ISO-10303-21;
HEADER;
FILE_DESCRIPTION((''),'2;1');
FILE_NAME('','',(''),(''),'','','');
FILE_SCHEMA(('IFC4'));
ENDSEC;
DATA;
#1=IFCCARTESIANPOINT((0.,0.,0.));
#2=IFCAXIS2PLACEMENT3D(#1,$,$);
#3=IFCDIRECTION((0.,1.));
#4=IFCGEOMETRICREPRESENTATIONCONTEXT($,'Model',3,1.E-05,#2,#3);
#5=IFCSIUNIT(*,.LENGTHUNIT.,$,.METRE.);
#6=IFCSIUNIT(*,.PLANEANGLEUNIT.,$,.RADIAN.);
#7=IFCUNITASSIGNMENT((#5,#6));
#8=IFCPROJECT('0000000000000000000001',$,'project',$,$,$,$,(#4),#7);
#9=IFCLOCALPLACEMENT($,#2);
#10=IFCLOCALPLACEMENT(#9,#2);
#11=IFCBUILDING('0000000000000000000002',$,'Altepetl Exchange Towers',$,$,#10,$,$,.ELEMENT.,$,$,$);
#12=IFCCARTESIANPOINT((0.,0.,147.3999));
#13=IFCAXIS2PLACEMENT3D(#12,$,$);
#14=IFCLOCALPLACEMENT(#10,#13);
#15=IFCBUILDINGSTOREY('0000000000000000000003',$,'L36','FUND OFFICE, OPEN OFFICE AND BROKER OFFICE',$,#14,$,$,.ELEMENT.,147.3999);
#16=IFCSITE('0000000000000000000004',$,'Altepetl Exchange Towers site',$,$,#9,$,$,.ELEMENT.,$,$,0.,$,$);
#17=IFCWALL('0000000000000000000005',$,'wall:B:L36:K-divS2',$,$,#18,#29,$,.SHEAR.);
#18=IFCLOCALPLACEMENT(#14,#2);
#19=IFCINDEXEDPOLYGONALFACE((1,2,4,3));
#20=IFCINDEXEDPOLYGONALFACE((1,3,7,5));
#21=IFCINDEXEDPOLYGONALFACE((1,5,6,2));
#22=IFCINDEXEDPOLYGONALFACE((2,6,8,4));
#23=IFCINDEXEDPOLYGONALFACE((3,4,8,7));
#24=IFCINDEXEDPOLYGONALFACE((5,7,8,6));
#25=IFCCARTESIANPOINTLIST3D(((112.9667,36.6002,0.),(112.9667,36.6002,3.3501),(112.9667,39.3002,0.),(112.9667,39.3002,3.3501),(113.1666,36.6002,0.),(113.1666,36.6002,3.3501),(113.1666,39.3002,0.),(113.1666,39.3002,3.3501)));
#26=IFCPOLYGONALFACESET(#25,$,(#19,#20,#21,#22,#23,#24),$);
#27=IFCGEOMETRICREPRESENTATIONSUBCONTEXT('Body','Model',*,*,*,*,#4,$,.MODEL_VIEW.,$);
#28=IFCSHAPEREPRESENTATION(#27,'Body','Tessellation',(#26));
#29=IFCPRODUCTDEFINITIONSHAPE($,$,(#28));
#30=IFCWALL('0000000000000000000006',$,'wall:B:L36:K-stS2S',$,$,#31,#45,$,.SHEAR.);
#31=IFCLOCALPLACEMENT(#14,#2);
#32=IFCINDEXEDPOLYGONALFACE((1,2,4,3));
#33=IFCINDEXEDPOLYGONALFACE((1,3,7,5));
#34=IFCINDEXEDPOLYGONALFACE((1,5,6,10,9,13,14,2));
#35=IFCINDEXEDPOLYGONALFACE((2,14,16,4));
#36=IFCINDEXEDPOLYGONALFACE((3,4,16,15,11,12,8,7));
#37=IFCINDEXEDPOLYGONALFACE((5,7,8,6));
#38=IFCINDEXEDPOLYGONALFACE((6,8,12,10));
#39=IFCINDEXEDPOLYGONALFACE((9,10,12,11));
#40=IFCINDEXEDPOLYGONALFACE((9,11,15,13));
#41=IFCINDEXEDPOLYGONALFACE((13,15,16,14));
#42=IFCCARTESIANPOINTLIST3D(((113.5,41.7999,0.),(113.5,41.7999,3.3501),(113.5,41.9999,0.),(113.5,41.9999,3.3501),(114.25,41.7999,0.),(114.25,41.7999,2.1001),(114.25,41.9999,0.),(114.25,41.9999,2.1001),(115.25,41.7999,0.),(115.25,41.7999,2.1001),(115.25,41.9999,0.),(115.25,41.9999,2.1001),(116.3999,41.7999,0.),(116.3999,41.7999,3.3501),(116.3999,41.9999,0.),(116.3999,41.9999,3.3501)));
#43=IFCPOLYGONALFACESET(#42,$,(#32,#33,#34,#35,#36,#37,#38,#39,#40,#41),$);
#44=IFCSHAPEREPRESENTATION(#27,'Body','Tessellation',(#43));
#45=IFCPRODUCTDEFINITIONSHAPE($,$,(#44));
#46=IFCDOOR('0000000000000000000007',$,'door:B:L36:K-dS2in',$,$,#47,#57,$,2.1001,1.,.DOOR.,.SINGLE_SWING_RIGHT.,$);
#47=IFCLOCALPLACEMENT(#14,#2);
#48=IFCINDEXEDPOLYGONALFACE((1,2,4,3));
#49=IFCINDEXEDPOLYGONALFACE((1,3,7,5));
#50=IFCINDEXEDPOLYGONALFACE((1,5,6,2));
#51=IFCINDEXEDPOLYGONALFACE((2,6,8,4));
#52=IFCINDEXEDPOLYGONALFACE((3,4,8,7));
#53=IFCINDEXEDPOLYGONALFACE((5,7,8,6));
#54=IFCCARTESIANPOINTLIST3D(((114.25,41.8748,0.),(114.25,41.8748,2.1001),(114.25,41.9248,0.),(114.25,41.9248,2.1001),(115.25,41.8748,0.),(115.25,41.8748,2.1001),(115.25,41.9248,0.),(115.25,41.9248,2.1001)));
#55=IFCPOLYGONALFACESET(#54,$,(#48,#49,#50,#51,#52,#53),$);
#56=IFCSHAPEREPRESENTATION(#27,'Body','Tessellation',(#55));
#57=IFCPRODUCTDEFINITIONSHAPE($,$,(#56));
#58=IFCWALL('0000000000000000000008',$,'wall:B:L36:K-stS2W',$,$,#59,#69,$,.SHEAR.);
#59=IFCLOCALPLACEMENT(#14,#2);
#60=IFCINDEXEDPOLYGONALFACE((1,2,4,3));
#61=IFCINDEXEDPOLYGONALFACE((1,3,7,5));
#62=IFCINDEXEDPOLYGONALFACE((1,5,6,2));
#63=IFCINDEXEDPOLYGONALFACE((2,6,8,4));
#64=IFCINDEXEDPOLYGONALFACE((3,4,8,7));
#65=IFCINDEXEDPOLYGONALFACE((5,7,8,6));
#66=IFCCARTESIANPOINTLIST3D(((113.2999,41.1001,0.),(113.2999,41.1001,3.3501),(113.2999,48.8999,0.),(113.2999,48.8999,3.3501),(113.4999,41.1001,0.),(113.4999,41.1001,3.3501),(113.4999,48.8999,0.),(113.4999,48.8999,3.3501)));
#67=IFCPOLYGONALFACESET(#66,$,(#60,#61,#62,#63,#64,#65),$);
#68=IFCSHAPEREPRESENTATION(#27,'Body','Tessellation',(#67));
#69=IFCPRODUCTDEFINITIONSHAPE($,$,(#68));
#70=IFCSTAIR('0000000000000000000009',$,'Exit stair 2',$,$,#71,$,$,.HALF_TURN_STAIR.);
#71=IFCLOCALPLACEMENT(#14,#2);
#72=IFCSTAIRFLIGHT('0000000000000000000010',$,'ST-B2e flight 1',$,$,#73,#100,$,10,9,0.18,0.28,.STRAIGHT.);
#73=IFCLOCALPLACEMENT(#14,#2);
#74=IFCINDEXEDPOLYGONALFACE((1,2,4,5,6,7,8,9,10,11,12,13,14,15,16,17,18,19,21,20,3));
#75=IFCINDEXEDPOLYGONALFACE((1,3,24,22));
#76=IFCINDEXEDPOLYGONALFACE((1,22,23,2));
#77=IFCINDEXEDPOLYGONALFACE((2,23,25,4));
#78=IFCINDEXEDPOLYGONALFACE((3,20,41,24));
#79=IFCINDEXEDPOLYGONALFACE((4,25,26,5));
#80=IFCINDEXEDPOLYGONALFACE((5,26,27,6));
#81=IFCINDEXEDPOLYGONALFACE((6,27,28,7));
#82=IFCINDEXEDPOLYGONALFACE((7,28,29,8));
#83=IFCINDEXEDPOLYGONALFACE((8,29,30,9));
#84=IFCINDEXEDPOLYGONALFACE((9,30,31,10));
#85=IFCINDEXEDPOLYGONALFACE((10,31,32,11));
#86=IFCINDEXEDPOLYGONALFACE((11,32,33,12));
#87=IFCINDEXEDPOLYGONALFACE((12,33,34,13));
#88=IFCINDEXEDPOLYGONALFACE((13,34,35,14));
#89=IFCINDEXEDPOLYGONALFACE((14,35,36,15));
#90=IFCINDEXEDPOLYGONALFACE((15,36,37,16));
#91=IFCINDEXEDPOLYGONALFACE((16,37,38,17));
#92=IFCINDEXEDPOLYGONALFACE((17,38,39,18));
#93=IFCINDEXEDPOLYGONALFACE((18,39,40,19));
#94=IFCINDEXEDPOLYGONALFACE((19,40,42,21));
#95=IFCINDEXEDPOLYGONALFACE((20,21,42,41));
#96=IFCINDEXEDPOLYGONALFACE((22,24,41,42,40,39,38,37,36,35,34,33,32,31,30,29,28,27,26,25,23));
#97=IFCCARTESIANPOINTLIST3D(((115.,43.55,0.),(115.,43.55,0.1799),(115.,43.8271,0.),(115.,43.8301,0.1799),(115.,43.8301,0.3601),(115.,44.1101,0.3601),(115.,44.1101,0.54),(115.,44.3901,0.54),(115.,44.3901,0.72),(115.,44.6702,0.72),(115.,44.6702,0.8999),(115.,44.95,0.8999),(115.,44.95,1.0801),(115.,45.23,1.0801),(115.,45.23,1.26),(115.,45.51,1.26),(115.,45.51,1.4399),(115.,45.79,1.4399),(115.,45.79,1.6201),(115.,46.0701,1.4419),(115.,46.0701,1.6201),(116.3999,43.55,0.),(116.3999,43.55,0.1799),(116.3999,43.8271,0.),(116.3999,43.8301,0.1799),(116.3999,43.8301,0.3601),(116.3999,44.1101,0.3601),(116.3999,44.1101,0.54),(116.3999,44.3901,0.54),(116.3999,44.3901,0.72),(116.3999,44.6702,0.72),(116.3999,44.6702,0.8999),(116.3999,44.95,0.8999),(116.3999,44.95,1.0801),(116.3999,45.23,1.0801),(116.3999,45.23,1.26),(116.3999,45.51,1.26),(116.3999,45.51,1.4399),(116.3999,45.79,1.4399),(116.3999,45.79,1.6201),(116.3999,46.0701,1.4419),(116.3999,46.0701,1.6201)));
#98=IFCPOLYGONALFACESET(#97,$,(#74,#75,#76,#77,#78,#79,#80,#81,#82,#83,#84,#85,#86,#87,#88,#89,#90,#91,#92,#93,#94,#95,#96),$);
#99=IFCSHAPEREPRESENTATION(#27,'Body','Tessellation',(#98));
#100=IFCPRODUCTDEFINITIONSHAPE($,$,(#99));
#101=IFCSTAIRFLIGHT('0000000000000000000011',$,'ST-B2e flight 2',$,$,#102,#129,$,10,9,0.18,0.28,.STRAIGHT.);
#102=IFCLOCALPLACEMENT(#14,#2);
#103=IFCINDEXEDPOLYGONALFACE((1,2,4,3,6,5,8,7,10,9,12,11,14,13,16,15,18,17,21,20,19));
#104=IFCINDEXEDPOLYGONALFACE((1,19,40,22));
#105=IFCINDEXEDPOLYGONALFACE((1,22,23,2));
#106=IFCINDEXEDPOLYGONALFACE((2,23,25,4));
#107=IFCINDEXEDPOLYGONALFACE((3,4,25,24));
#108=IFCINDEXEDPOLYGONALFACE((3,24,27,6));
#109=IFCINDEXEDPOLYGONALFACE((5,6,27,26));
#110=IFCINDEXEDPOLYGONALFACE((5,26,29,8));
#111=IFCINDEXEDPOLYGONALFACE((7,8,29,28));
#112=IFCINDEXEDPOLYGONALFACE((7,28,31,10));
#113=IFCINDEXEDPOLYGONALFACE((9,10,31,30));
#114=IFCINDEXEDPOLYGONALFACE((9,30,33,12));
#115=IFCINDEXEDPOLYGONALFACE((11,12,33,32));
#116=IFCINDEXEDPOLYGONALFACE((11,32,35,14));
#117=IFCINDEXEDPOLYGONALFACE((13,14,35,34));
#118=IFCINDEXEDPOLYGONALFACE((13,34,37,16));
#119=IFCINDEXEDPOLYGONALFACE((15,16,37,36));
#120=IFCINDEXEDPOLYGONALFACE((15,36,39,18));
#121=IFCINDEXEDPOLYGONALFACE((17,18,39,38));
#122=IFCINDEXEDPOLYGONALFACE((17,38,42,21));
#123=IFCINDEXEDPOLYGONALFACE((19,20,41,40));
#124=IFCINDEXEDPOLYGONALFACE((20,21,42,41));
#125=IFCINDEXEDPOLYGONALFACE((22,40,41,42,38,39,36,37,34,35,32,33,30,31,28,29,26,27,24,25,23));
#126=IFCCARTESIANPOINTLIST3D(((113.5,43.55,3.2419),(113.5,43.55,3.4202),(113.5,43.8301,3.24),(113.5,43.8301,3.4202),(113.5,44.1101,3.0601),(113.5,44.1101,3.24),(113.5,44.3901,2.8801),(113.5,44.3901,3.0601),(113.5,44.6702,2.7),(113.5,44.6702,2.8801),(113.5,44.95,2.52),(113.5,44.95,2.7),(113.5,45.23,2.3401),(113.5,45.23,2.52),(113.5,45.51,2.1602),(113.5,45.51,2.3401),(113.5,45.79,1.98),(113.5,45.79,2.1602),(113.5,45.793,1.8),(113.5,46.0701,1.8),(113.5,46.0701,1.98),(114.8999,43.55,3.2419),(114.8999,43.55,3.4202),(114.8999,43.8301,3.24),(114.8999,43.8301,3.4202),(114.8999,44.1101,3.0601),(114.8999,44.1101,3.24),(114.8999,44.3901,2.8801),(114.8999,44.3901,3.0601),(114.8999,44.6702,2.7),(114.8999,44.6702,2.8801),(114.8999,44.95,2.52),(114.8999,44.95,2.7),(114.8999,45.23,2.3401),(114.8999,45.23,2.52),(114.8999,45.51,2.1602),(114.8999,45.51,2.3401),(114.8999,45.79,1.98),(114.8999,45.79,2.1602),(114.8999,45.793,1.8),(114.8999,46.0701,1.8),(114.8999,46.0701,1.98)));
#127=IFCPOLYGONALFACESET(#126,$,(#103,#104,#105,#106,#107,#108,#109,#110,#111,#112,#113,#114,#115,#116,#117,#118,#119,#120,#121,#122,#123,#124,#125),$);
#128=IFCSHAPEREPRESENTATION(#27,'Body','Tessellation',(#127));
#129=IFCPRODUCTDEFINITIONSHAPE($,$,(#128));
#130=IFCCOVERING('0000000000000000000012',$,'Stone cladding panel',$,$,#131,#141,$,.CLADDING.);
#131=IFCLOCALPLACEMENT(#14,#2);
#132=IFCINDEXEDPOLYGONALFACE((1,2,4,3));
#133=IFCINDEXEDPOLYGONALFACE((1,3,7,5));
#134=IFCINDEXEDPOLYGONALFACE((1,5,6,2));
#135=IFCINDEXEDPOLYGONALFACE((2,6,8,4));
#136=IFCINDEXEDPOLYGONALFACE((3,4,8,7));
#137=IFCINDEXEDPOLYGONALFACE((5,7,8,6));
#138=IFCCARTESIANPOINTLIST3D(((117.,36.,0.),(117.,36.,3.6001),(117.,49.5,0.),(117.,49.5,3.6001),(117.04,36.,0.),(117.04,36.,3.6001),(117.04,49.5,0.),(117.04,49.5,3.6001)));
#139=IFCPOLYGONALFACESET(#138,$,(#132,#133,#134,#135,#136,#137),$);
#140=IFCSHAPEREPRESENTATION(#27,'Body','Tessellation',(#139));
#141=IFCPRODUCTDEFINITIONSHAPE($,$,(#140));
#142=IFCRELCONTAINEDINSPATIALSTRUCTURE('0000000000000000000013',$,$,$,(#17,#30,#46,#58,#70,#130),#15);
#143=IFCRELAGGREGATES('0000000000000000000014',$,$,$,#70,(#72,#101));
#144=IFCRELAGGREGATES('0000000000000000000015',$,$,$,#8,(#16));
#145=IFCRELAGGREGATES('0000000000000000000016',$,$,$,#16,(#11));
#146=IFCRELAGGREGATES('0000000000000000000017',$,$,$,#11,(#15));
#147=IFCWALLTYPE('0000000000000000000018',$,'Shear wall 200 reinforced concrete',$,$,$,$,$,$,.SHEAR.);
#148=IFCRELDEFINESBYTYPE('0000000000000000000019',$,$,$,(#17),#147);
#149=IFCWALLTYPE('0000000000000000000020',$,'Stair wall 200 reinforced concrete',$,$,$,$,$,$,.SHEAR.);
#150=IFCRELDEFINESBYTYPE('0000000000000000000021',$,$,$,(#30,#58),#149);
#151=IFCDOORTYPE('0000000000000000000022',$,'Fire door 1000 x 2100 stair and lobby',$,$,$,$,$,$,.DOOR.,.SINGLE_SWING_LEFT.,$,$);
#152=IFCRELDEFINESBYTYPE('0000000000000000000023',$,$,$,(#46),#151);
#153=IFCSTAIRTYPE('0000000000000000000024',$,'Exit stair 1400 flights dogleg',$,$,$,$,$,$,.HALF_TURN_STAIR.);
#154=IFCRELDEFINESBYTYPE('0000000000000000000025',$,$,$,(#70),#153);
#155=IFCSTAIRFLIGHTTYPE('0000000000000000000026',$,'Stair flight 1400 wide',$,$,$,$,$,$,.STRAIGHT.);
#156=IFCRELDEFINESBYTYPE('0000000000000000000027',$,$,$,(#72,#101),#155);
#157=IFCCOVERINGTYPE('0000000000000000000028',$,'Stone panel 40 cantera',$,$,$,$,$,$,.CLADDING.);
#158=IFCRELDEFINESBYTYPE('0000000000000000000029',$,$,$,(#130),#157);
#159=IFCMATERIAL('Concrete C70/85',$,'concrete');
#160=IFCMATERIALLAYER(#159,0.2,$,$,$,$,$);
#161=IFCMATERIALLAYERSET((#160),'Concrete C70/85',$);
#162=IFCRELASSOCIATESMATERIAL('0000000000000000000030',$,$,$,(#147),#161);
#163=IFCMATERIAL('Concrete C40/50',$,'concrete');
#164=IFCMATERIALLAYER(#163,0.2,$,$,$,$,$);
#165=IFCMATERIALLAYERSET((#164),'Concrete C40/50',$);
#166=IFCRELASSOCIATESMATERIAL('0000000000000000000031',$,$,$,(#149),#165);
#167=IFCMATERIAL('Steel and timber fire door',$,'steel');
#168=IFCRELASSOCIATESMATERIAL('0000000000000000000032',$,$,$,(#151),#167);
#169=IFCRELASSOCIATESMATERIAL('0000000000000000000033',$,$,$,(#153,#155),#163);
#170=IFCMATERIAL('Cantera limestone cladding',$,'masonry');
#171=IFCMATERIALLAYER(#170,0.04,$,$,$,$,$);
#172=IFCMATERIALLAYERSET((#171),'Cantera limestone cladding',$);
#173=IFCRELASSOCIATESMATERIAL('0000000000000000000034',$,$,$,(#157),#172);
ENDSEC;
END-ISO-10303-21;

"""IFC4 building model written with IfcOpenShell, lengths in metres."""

from ifc_helpers import new_model, si_unit, direction, frame, frame_2d, origin, origin_2d, place, context, subcontext, project, spatial, polyline, rectangle, outline, extrude, material, layer, layer_set, type_object, element, fill, aggregate, save


model = new_model("IFC4")

# Units and contexts
model_context = context("Model", 3, precision=1e-05, world=origin(), true_north=direction((0.0, 1.0)))
body_context = subcontext(model_context, "Body", "Model", "MODEL_VIEW")
ifc_project = project(units=[si_unit("LENGTHUNIT", "METRE"), si_unit("PLANEANGLEUNIT", "RADIAN")], contexts=[model_context])

# Site, building, storey
site_placement = place(None, origin())
site = spatial("IfcSite", under=ifc_project, at=site_placement, Name="Altepetl Exchange Towers site", CompositionType="ELEMENT", RefElevation=0.0)
building_placement = place(site_placement, origin())
building = spatial("IfcBuilding", under=site, at=building_placement, Name="Altepetl Exchange Towers", CompositionType="ELEMENT")
storey_placement = place(building_placement, frame((0.0, 0.0, 147.3999)))
storey = spatial("IfcBuildingStorey", under=building, at=storey_placement, Name="L36", Description="FUND OFFICE, OPEN OFFICE AND BROKER OFFICE", CompositionType="ELEMENT", Elevation=147.3999)

# Shared definitions
ifc_material_1 = material(Name="Steel and timber fire door", Category="steel")

# Shared definitions
ifc_material_2 = material(Name="Concrete C40/50", Category="concrete")

# Wall
ifc_material_3 = material(Name="Concrete C70/85", Category="concrete")
ifc_layer_1 = layer(ifc_material_3, 0.2)
ifc_layer_set_1 = layer_set([ifc_layer_1], Name="Concrete C70/85")
wall_type_1 = type_object("IfcWallType", Name="Shear wall 200 reinforced concrete", PredefinedType="SHEAR", material=ifc_layer_set_1)
wall_1_placement = place(storey_placement, frame((113.0667, 36.6001, 0.0), z_axis=(0.0, 0.0, 1.0), x_axis=(0.0, 1.0, 0.0)))
element("IfcWall", 1, at=wall_1_placement, inside=storey, type_object=wall_type_1, Name="wall:B:L36:K-divS2", PredefinedType="SHEAR", context=body_context, shape_type="SweptSolid", body=[
    extrude(rectangle(XDim=2.7, YDim=0.2, at=frame_2d((1.3501, 0.0))), origin(), (0.0, 0.0, 1.0), 3.3501),
])

# Wall, opening, door
ifc_layer_2 = layer(ifc_material_2, 0.2)
ifc_layer_set_2 = layer_set([ifc_layer_2], Name="Concrete C40/50")
wall_type_2 = type_object("IfcWallType", Name="Stair wall 200 reinforced concrete", PredefinedType="SHEAR", material=ifc_layer_set_2)
wall_2_placement = place(storey_placement, frame((113.5, 41.8999, 0.0)))
wall_2 = element("IfcWall", 2, at=wall_2_placement, inside=storey, type_object=wall_type_2, Name="wall:B:L36:K-stS2S", PredefinedType="SHEAR", context=body_context, shape_type="SweptSolid", body=[
    extrude(rectangle(XDim=2.8999, YDim=0.2, at=frame_2d((1.45, 0.0))), origin(), (0.0, 0.0, 1.0), 3.3501),
])
opening_1_placement = place(wall_2_placement, frame((0.75, 0.0, 0.0)))
opening_1 = element("IfcOpeningElement", 3, at=opening_1_placement, cuts=wall_2, PredefinedType="OPENING", context=body_context, shape_type="SweptSolid", body=[
    extrude(rectangle(XDim=1.0, YDim=2.1001, at=frame_2d((0.5, 1.05))), frame((0.0, 0.1099, 0.0), z_axis=(0.0, -1.0, 0.0), x_axis=(1.0, 0.0, 0.0)), (0.0, 0.0, 1.0), 0.22),
])
door_type_1 = type_object("IfcDoorType", Name="Fire door 1000 x 2100 stair and lobby", OperationType="SINGLE_SWING_LEFT", PredefinedType="DOOR", material=ifc_material_1)
door_1_placement = place(opening_1_placement, origin())
door_1 = element("IfcDoor", 4, at=door_1_placement, inside=storey, type_object=door_type_1, Name="door:B:L36:K-dS2in", OperationType="SINGLE_SWING_RIGHT", OverallHeight=2.1001, OverallWidth=1.0, PredefinedType="DOOR", context=body_context, shape_type="SweptSolid", body=[
    extrude(rectangle(XDim=1.0, YDim=2.1001, at=frame_2d((0.5, 1.05))), frame((0.0, 0.0249, 0.0), z_axis=(0.0, -1.0, 0.0), x_axis=(1.0, 0.0, 0.0)), (0.0, 0.0, 1.0), 0.05),
])
fill(opening_1, door_1)

# Wall
wall_3_placement = place(storey_placement, frame((113.3999, 41.1001, 0.0), z_axis=(0.0, 0.0, 1.0), x_axis=(0.0, 1.0, 0.0)))
element("IfcWall", 5, at=wall_3_placement, inside=storey, type_object=wall_type_2, Name="wall:B:L36:K-stS2W", PredefinedType="SHEAR", context=body_context, shape_type="SweptSolid", body=[
    extrude(rectangle(XDim=7.7998, YDim=0.2, at=frame_2d((3.8999, 0.0))), origin(), (0.0, 0.0, 1.0), 3.3501),
])

# Stair, stair flights
stair_type = type_object("IfcStairType", Name="Exit stair 1400 flights dogleg", PredefinedType="HALF_TURN_STAIR", material=ifc_material_2)
stair_placement = place(storey_placement, origin())
stair = element("IfcStair", 6, at=stair_placement, inside=storey, type_object=stair_type, Name="Exit stair 2", PredefinedType="HALF_TURN_STAIR")
stair_flight_type = type_object("IfcStairFlightType", Name="Stair flight 1400 wide", PredefinedType="STRAIGHT", material=ifc_material_2)
stair_flight_1_placement = place(storey_placement, frame((115.7, 43.55, 0.0), z_axis=(0.0, 0.0, 1.0), x_axis=(0.0, 1.0, 0.0)))
stair_flight_1 = element("IfcStairFlight", 7, at=stair_flight_1_placement, type_object=stair_flight_type, Name="ST-B2e flight 1", NumberOfRisers=10, NumberOfTreads=9, PredefinedType="STRAIGHT", RiserHeight=0.18, TreadLength=0.28, context=body_context, shape_type="SweptSolid", body=[
    extrude(outline(polyline([(0.0, 0.0), (0.0, 0.1799), (0.28, 0.1799), (0.28, 0.3601), (0.5601, 0.3601), (0.5601, 0.54), (0.8401, 0.54), (0.8401, 0.72), (1.1201, 0.72), (1.1201, 0.8999), (1.3999, 0.8999), (1.3999, 1.0801), (1.6799, 1.0801), (1.6799, 1.26), (1.96, 1.26), (1.96, 1.4399), (2.24, 1.4399), (2.24, 1.6201), (2.52, 1.6201), (2.52, 1.8), (2.52, 1.4419), (0.2771, 0.0), (0.0, 0.0)])), frame((0.0, 0.7, 0.0), z_axis=(0.0, -1.0, 0.0), x_axis=(1.0, 0.0, 0.0)), (0.0, 0.0, 1.0), 1.3999),
])
stair_flight_2_placement = place(storey_placement, frame((114.2, 46.0701, 1.8), z_axis=(0.0, 0.0, 1.0), x_axis=(0.0, -1.0, 0.0)))
stair_flight_2 = element("IfcStairFlight", 8, at=stair_flight_2_placement, type_object=stair_flight_type, Name="ST-B2e flight 2", NumberOfRisers=10, NumberOfTreads=9, PredefinedType="STRAIGHT", RiserHeight=0.18, TreadLength=0.28, context=body_context, shape_type="SweptSolid", body=[
    extrude(outline(polyline([(0.0, 0.0), (0.0, 0.1799), (0.28, 0.1799), (0.28, 0.3601), (0.5601, 0.3601), (0.5601, 0.54), (0.8401, 0.54), (0.8401, 0.72), (1.1201, 0.72), (1.1201, 0.8999), (1.3999, 0.8999), (1.3999, 1.0801), (1.6799, 1.0801), (1.6799, 1.26), (1.96, 1.26), (1.96, 1.4399), (2.24, 1.4399), (2.24, 1.6201), (2.52, 1.6201), (2.52, 1.8), (2.52, 1.4419), (0.2771, 0.0), (0.0, 0.0)])), frame((0.0, 0.7, 0.0), z_axis=(0.0, -1.0, 0.0), x_axis=(1.0, 0.0, 0.0)), (0.0, 0.0, 1.0), 1.3999),
])
aggregate(stair, [stair_flight_1, stair_flight_2])

# Covering
ifc_material_4 = material(Name="Cantera limestone cladding", Category="masonry")
ifc_layer_3 = layer(ifc_material_4, 0.04)
ifc_layer_set_3 = layer_set([ifc_layer_3], Name="Cantera limestone cladding")
covering_type = type_object("IfcCoveringType", Name="Stone panel 40 cantera", PredefinedType="CLADDING", material=ifc_layer_set_3)
covering_placement = place(storey_placement, frame((117.02, 42.75, 0.0), z_axis=(0.0, 0.0, 1.0), x_axis=(0.0, 1.0, 0.0)))
element("IfcCovering", 9, at=covering_placement, inside=storey, type_object=covering_type, Name="Stone cladding panel", PredefinedType="CLADDING", context=body_context, shape_type="SweptSolid", body=[
    extrude(rectangle(XDim=13.5, YDim=0.04, at=origin_2d()), origin(), (0.0, 0.0, 1.0), 3.6001),
])

save(model, "model.ifc")
